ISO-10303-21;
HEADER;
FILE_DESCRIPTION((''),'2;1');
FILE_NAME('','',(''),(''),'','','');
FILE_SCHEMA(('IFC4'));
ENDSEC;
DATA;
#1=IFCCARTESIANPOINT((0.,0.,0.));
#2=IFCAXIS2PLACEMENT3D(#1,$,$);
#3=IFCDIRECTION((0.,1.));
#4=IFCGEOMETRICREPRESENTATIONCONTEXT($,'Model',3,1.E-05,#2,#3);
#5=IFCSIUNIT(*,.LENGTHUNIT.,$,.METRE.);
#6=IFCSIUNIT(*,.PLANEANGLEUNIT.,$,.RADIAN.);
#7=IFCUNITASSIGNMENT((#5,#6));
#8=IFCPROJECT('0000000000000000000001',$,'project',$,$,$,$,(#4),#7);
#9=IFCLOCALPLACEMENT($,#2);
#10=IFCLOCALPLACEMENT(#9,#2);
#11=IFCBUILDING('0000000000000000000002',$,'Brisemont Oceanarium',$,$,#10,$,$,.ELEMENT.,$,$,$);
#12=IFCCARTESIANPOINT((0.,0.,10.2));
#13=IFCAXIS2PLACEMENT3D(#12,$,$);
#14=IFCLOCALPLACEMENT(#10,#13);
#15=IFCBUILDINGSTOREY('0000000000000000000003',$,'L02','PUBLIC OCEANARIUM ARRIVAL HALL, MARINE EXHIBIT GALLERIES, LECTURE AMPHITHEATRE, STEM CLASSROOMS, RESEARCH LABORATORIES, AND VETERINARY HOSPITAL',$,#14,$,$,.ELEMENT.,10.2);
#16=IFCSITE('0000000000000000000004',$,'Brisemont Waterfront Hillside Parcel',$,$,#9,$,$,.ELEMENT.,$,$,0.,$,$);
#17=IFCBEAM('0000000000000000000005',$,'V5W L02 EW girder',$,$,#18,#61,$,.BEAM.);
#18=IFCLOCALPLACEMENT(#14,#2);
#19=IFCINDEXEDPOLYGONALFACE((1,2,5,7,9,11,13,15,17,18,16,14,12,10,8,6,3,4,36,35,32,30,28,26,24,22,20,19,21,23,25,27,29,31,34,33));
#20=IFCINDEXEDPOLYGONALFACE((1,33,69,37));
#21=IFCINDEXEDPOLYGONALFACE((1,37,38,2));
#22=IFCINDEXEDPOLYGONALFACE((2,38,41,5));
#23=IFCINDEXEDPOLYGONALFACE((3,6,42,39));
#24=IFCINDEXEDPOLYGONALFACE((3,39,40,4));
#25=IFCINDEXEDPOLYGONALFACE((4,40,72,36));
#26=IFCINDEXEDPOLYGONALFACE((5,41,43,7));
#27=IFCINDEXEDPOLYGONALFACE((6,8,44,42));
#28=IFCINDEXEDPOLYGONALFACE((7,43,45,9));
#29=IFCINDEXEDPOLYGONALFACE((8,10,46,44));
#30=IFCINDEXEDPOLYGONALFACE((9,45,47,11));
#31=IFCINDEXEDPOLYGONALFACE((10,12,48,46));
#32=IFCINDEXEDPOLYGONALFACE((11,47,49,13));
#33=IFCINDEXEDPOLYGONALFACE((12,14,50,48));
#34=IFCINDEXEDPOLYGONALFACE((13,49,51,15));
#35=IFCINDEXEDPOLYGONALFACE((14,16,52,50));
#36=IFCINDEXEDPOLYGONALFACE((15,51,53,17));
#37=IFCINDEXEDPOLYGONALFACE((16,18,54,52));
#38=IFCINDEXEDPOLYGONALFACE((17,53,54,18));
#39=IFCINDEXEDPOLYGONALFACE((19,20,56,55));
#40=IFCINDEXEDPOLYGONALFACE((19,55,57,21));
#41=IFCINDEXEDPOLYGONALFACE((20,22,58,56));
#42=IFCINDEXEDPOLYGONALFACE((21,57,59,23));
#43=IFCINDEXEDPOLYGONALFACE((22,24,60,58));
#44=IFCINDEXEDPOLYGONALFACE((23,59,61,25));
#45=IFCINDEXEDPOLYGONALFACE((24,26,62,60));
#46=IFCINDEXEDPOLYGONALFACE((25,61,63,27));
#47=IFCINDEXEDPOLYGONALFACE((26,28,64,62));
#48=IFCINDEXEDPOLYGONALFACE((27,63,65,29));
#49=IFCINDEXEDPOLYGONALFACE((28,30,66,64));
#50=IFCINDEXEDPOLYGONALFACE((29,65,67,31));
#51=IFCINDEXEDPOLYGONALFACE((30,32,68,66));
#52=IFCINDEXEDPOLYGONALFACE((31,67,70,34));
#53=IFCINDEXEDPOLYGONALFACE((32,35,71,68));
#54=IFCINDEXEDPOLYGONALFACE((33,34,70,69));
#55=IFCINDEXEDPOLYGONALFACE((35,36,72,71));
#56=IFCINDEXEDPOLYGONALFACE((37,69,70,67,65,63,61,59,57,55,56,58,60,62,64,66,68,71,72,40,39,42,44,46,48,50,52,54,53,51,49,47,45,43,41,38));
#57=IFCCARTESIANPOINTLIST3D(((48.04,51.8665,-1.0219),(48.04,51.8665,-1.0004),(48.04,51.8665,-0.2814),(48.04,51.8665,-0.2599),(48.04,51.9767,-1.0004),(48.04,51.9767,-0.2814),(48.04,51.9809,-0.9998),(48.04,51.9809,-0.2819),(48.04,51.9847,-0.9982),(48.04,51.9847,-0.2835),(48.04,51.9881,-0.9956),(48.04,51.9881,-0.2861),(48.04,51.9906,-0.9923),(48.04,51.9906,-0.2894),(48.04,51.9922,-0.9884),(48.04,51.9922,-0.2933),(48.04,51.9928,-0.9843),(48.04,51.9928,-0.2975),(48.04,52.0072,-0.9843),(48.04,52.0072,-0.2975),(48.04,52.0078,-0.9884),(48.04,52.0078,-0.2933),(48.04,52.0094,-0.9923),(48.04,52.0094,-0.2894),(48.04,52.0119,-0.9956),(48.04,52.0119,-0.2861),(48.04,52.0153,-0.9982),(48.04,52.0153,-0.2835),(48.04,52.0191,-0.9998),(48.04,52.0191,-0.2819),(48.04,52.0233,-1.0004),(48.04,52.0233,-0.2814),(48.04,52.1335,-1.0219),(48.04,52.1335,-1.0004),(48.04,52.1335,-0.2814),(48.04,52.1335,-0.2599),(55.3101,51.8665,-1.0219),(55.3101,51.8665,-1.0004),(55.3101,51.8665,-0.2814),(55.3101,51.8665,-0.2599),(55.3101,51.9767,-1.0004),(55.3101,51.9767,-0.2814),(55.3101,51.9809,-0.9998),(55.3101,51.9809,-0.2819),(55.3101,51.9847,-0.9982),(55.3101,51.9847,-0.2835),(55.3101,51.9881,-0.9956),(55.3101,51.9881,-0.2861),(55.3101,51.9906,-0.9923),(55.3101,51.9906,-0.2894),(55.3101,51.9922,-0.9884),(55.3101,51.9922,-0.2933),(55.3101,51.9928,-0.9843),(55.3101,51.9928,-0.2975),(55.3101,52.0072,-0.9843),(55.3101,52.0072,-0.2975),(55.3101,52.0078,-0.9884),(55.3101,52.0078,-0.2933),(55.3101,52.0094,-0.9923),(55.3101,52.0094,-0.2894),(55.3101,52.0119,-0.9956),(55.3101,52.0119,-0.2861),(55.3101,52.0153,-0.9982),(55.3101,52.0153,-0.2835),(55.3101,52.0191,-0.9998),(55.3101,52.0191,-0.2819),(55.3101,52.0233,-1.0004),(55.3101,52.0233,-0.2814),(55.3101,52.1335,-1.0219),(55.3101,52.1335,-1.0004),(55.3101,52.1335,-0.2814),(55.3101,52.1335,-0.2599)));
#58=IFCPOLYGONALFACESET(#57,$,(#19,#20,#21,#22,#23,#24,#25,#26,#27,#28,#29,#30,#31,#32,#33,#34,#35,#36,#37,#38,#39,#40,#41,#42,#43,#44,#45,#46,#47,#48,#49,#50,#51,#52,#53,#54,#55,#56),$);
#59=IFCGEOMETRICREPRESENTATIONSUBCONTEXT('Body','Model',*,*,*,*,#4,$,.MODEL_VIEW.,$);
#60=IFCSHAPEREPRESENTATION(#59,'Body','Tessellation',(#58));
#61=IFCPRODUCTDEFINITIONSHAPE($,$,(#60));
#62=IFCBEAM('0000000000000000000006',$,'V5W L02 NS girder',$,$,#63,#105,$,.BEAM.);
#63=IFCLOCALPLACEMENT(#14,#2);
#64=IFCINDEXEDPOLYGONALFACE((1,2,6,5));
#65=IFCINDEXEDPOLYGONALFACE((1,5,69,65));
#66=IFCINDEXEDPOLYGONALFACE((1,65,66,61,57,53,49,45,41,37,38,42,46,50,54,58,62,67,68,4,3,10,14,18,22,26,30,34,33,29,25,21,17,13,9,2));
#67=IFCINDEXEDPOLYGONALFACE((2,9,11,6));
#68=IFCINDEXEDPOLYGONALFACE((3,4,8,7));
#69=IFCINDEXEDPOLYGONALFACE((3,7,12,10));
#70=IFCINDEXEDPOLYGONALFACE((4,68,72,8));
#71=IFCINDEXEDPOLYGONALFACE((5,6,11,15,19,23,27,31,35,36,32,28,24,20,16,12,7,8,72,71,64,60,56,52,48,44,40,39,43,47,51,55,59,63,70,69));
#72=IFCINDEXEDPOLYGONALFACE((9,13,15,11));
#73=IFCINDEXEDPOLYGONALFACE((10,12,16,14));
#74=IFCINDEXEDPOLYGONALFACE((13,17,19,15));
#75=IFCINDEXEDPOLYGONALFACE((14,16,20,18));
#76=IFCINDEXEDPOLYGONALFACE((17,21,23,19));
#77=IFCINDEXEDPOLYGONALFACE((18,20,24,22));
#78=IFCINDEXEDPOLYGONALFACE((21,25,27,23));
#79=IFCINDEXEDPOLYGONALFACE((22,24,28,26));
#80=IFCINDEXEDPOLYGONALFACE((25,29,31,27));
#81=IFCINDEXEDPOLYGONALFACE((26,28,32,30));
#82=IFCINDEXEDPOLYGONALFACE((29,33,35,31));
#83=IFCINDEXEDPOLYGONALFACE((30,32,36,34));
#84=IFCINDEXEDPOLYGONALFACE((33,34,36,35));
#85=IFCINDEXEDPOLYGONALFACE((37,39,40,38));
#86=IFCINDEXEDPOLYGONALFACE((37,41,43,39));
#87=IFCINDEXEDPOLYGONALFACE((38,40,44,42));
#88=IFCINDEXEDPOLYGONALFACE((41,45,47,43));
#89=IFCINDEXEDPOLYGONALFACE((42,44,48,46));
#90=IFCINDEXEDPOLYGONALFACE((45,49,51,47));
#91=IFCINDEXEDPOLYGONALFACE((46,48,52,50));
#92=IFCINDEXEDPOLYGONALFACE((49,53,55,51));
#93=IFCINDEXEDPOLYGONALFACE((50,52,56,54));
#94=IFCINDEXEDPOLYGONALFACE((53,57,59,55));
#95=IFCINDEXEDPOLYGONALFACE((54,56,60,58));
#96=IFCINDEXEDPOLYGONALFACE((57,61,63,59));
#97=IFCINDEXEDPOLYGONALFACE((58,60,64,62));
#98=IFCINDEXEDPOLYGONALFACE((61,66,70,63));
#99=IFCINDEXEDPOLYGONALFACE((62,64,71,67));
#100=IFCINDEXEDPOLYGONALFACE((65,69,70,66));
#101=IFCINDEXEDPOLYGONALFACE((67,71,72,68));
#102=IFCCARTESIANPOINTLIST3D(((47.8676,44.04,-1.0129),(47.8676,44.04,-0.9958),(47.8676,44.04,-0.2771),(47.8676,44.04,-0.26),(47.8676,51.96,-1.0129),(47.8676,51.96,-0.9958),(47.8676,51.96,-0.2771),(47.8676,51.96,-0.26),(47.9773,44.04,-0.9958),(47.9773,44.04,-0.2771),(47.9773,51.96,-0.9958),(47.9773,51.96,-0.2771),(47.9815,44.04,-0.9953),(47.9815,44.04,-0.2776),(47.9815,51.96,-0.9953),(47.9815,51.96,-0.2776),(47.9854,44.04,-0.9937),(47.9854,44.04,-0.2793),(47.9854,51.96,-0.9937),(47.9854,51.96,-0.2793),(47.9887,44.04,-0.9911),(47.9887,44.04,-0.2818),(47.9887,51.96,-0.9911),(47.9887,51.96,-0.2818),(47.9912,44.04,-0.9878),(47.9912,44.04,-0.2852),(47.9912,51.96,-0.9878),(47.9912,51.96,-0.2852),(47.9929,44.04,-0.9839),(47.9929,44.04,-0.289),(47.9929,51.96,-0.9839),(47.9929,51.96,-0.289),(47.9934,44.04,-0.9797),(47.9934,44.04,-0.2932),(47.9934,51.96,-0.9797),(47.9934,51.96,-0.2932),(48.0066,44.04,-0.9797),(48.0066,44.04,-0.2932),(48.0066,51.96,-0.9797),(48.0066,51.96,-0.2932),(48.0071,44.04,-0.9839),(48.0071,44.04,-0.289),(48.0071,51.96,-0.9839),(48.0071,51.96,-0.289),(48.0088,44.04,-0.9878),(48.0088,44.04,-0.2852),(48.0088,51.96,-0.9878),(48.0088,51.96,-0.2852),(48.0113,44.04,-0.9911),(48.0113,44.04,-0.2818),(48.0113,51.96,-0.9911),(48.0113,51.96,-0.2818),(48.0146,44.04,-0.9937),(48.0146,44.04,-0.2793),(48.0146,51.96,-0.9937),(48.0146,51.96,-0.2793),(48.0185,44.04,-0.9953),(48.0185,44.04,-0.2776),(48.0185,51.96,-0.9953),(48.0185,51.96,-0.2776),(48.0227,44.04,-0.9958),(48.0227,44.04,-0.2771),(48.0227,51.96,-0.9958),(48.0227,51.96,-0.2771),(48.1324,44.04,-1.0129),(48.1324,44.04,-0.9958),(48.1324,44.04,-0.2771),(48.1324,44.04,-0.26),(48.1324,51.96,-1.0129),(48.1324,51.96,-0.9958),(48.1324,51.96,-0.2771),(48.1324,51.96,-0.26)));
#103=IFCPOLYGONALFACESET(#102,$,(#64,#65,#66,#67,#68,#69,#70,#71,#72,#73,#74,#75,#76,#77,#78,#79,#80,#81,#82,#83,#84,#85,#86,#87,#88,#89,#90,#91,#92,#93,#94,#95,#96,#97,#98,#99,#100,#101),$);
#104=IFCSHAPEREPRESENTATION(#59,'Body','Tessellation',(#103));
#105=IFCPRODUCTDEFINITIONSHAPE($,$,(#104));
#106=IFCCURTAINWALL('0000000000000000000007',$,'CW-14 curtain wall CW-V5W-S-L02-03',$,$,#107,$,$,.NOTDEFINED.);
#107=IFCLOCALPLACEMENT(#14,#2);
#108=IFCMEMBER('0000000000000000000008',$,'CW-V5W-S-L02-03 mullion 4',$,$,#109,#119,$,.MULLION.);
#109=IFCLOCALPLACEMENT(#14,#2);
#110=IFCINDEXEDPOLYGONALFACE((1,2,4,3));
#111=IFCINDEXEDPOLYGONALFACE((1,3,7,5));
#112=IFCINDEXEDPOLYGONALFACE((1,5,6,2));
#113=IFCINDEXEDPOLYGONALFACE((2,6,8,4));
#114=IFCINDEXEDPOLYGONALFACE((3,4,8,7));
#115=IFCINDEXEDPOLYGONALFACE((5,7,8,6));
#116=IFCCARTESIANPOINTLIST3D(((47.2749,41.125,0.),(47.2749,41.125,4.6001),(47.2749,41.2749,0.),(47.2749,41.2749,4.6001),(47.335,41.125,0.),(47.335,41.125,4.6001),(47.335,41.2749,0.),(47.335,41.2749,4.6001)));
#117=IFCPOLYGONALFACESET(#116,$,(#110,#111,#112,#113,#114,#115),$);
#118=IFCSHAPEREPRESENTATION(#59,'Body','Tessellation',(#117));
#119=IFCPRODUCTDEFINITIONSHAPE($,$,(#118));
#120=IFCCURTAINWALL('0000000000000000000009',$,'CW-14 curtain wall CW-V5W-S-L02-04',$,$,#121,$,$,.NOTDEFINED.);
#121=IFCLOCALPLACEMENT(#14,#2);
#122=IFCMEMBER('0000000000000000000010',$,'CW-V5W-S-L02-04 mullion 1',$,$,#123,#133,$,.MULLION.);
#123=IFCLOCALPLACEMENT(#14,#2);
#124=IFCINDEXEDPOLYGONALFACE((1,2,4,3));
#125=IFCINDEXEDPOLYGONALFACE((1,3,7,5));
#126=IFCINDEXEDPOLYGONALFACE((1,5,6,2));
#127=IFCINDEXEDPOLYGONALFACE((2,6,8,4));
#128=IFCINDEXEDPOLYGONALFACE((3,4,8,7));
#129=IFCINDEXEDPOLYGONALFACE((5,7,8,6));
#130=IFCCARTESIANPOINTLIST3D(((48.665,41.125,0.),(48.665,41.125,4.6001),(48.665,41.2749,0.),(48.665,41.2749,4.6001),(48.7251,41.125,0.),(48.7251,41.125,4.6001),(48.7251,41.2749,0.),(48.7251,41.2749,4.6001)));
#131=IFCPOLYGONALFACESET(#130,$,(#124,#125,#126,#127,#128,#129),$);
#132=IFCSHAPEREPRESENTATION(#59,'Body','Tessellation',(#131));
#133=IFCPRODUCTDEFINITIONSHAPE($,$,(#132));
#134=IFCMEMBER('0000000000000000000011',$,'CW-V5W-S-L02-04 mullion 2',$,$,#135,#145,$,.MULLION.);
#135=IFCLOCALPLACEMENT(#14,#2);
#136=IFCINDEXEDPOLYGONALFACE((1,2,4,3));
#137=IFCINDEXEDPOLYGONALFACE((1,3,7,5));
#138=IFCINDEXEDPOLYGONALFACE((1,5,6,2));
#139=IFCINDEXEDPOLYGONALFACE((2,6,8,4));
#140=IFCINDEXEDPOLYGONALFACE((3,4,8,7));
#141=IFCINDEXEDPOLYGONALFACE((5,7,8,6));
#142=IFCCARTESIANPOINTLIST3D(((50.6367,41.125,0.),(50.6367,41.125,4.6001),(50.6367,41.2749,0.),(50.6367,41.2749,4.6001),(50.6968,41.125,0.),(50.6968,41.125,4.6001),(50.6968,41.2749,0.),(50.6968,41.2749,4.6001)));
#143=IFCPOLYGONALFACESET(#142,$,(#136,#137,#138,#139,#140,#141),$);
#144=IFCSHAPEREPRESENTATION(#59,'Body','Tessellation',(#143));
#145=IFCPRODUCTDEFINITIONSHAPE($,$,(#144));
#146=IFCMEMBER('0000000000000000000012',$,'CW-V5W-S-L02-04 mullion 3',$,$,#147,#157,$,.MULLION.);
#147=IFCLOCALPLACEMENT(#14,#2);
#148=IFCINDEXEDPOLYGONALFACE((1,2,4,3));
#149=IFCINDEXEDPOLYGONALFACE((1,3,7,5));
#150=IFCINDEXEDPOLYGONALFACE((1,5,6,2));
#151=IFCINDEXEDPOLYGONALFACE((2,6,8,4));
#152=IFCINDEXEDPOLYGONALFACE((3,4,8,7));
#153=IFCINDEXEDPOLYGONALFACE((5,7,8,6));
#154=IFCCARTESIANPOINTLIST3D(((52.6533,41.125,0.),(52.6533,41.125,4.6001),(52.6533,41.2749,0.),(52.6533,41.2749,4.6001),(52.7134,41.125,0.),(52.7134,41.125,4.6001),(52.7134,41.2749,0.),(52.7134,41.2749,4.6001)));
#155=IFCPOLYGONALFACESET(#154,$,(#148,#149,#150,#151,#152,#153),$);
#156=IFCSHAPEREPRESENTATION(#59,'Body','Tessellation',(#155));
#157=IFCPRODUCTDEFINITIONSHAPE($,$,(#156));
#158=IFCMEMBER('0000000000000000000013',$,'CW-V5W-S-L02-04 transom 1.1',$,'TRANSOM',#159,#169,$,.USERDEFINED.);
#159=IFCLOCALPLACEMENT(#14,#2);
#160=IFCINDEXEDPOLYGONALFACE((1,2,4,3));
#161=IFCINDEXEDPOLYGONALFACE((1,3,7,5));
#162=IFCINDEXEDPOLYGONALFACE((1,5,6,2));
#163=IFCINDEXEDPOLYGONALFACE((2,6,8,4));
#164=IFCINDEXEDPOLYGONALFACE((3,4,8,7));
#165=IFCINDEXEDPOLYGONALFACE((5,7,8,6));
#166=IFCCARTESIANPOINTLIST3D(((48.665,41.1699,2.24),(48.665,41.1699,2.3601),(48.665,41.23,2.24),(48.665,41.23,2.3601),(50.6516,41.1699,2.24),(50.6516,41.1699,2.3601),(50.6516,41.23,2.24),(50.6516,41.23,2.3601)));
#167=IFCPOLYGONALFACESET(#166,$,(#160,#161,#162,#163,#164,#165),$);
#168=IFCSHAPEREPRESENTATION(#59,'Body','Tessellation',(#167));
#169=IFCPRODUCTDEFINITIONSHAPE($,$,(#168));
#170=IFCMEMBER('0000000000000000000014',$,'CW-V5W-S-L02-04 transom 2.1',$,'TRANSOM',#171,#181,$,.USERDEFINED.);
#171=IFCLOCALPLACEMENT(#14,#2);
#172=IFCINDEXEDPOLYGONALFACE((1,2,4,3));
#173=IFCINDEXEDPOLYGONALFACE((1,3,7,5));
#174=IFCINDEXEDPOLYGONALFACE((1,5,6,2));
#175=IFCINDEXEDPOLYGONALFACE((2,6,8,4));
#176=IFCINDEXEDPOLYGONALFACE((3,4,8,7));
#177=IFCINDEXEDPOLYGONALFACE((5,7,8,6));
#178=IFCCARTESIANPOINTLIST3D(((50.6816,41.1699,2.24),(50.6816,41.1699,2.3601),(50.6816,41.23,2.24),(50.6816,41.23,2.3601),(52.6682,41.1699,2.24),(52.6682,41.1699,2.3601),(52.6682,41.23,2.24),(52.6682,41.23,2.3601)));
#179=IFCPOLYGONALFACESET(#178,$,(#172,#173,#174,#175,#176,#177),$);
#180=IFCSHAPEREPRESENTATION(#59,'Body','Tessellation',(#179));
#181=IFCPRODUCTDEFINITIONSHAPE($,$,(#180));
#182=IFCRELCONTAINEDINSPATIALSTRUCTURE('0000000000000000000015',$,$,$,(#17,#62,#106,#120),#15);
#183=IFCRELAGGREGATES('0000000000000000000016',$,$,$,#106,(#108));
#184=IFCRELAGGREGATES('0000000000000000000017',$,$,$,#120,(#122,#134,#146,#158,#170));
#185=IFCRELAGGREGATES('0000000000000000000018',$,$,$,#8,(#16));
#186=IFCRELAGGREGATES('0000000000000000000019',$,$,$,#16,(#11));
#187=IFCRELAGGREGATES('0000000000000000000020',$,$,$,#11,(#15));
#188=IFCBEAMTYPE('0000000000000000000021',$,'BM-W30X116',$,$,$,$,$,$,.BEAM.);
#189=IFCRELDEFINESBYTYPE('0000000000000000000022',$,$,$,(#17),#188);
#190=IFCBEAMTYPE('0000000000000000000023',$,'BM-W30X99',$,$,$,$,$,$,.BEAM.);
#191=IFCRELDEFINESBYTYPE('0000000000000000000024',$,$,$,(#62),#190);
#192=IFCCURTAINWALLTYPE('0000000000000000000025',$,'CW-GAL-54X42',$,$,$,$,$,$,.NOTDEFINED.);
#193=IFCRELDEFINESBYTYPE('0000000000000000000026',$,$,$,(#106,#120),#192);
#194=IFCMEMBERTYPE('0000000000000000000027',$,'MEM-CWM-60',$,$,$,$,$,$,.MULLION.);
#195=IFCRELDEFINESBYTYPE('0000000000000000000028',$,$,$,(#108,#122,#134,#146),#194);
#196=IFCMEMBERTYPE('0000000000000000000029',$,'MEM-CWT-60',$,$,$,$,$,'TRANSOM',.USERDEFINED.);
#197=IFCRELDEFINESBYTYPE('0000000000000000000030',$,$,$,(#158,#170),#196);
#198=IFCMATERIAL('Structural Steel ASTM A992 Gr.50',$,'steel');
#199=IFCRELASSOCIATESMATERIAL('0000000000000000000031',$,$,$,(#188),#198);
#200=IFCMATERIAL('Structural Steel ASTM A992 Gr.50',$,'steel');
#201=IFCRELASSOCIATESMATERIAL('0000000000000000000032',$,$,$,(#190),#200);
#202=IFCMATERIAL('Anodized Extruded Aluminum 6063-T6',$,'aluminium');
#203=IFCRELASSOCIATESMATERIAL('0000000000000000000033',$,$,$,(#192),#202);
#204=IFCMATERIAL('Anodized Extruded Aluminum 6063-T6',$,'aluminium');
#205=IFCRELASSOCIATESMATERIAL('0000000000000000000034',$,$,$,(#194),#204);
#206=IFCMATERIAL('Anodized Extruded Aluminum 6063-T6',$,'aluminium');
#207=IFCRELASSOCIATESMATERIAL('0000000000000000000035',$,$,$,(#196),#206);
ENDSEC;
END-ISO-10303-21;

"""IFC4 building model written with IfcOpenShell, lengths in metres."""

from ifc_helpers import new_model, si_unit, direction, frame, origin, origin_2d, place, context, subcontext, project, spatial, rectangle, i_section, extrude, material, material_profile, profile_set, type_object, element, aggregate, save


model = new_model("IFC4")

# Units and contexts
model_context = context("Model", 3, precision=1e-05, world=origin(), true_north=direction((0.0, 1.0)))
body_context = subcontext(model_context, "Body", "Model", "MODEL_VIEW")
ifc_project = project(units=[si_unit("LENGTHUNIT", "METRE"), si_unit("PLANEANGLEUNIT", "RADIAN")], contexts=[model_context])

# Site, building, storey
site_placement = place(None, origin())
site = spatial("IfcSite", under=ifc_project, at=site_placement, Name="Brisemont Waterfront Hillside Parcel", CompositionType="ELEMENT", RefElevation=0.0)
building_placement = place(site_placement, origin())
building = spatial("IfcBuilding", under=site, at=building_placement, Name="Brisemont Oceanarium", CompositionType="ELEMENT")
storey_placement = place(building_placement, frame((0.0, 0.0, 10.2)))
storey = spatial("IfcBuildingStorey", under=building, at=storey_placement, Name="L02", Description="PUBLIC OCEANARIUM ARRIVAL HALL, MARINE EXHIBIT GALLERIES, LECTURE AMPHITHEATRE, STEM CLASSROOMS, RESEARCH LABORATORIES, AND VETERINARY HOSPITAL", CompositionType="ELEMENT", Elevation=10.2)

# Beams
ifc_material_1 = material(Name="Structural Steel ASTM A992 Gr.50", Category="steel")
ifc_material_profile_1 = material_profile(ifc_material_1, i_section(OverallWidth=0.2671, OverallDepth=0.762, WebThickness=0.0144, FlangeThickness=0.0215, FilletRadius=0.0161, at=origin_2d()), Name="W30X116")
ifc_profile_set_1 = profile_set([ifc_material_profile_1], Name="Structural Steel ASTM A992 Gr.50")
beam_type_1 = type_object("IfcBeamType", Name="BM-W30X116", PredefinedType="BEAM", material=ifc_profile_set_1)
beam_1_placement = place(storey_placement, frame((48.04, 52.0, -0.6409), z_axis=(1.0, 0.0, 0.0), x_axis=(0.0, 1.0, 0.0)))
element("IfcBeam", 1, at=beam_1_placement, inside=storey, type_object=beam_type_1, Name="V5W L02 EW girder", PredefinedType="BEAM", context=body_context, shape_type="SweptSolid", body=[
    extrude(i_section(OverallWidth=0.2671, OverallDepth=0.762, WebThickness=0.0144, FlangeThickness=0.0215, FilletRadius=0.0161, at=origin_2d()), origin(), (0.0, 0.0, 1.0), 7.27),
])
ifc_material_2 = material(Name="Structural Steel ASTM A992 Gr.50", Category="steel")
ifc_material_profile_2 = material_profile(ifc_material_2, i_section(OverallWidth=0.2649, OverallDepth=0.7529, WebThickness=0.0132, FlangeThickness=0.0171, FilletRadius=0.0161, at=origin_2d()), Name="W30X99")
ifc_profile_set_2 = profile_set([ifc_material_profile_2], Name="Structural Steel ASTM A992 Gr.50")
beam_type_2 = type_object("IfcBeamType", Name="BM-W30X99", PredefinedType="BEAM", material=ifc_profile_set_2)
beam_2_placement = place(storey_placement, frame((48.0, 44.04, -0.6365), z_axis=(0.0, 1.0, 0.0), x_axis=(-1.0, 0.0, 0.0)))
element("IfcBeam", 2, at=beam_2_placement, inside=storey, type_object=beam_type_2, Name="V5W L02 NS girder", PredefinedType="BEAM", context=body_context, shape_type="SweptSolid", body=[
    extrude(i_section(OverallWidth=0.2649, OverallDepth=0.7529, WebThickness=0.0132, FlangeThickness=0.0171, FilletRadius=0.0161, at=origin_2d()), origin(), (0.0, 0.0, 1.0), 7.9199),
])

# Curtain wall, member
ifc_material_3 = material(Name="Anodized Extruded Aluminum 6063-T6", Category="aluminium")
curtain_wall_type = type_object("IfcCurtainWallType", Name="CW-GAL-54X42", PredefinedType="NOTDEFINED", material=ifc_material_3)
curtain_wall_1_placement = place(storey_placement, origin())
curtain_wall_1 = element("IfcCurtainWall", 3, at=curtain_wall_1_placement, inside=storey, type_object=curtain_wall_type, Name="CW-14 curtain wall CW-V5W-S-L02-03", PredefinedType="NOTDEFINED")
ifc_material_4 = material(Name="Anodized Extruded Aluminum 6063-T6", Category="aluminium")
ifc_material_profile_3 = material_profile(ifc_material_4, rectangle(XDim=0.0601, YDim=0.1499, at=origin_2d()), Name="CWM-60X150")
ifc_profile_set_3 = profile_set([ifc_material_profile_3], Name="Anodized Extruded Aluminum 6063-T6")
member_type_1 = type_object("IfcMemberType", Name="MEM-CWM-60", PredefinedType="MULLION", material=ifc_profile_set_3)
member_1_placement = place(storey_placement, frame((47.3049, 41.2, 0.0), z_axis=(0.0, 0.0, 1.0), x_axis=(1.0, 0.0, 0.0)))
member_1 = element("IfcMember", 4, at=member_1_placement, type_object=member_type_1, Name="CW-V5W-S-L02-03 mullion 4", PredefinedType="MULLION", context=body_context, shape_type="SweptSolid", body=[
    extrude(rectangle(XDim=0.0601, YDim=0.1499, at=origin_2d()), origin(), (0.0, 0.0, 1.0), 4.6001),
])

# Curtain wall, members
curtain_wall_2_placement = place(storey_placement, origin())
curtain_wall_2 = element("IfcCurtainWall", 5, at=curtain_wall_2_placement, inside=storey, type_object=curtain_wall_type, Name="CW-14 curtain wall CW-V5W-S-L02-04", PredefinedType="NOTDEFINED")
member_2_placement = place(storey_placement, frame((48.6951, 41.2, 0.0), z_axis=(0.0, 0.0, 1.0), x_axis=(1.0, 0.0, 0.0)))
member_2 = element("IfcMember", 6, at=member_2_placement, type_object=member_type_1, Name="CW-V5W-S-L02-04 mullion 1", PredefinedType="MULLION", context=body_context, shape_type="SweptSolid", body=[
    extrude(rectangle(XDim=0.0601, YDim=0.1499, at=origin_2d()), origin(), (0.0, 0.0, 1.0), 4.6001),
])
member_3_placement = place(storey_placement, frame((50.6667, 41.2, 0.0), z_axis=(0.0, 0.0, 1.0), x_axis=(1.0, 0.0, 0.0)))
member_3 = element("IfcMember", 7, at=member_3_placement, type_object=member_type_1, Name="CW-V5W-S-L02-04 mullion 2", PredefinedType="MULLION", context=body_context, shape_type="SweptSolid", body=[
    extrude(rectangle(XDim=0.0601, YDim=0.1499, at=origin_2d()), origin(), (0.0, 0.0, 1.0), 4.6001),
])
member_4_placement = place(storey_placement, frame((52.6833, 41.2, 0.0), z_axis=(0.0, 0.0, 1.0), x_axis=(1.0, 0.0, 0.0)))
member_4 = element("IfcMember", 8, at=member_4_placement, type_object=member_type_1, Name="CW-V5W-S-L02-04 mullion 3", PredefinedType="MULLION", context=body_context, shape_type="SweptSolid", body=[
    extrude(rectangle(XDim=0.0601, YDim=0.1499, at=origin_2d()), origin(), (0.0, 0.0, 1.0), 4.6001),
])
ifc_material_5 = material(Name="Anodized Extruded Aluminum 6063-T6", Category="aluminium")
ifc_material_profile_4 = material_profile(ifc_material_5, rectangle(XDim=0.0601, YDim=0.1201, at=origin_2d()), Name="CWT-60X120")
ifc_profile_set_4 = profile_set([ifc_material_profile_4], Name="Anodized Extruded Aluminum 6063-T6")
member_type_2 = type_object("IfcMemberType", Name="MEM-CWT-60", ElementType="TRANSOM", PredefinedType="USERDEFINED", material=ifc_profile_set_4)
member_5_placement = place(storey_placement, frame((48.665, 41.2, 2.3), z_axis=(1.0, 0.0, 0.0), x_axis=(0.0, 1.0, 0.0)))
member_5 = element("IfcMember", 9, at=member_5_placement, type_object=member_type_2, Name="CW-V5W-S-L02-04 transom 1.1", ObjectType="TRANSOM", PredefinedType="USERDEFINED", context=body_context, shape_type="SweptSolid", body=[
    extrude(rectangle(XDim=0.0601, YDim=0.1201, at=origin_2d()), origin(), (0.0, 0.0, 1.0), 1.9866),
])
member_6_placement = place(storey_placement, frame((50.6816, 41.2, 2.3), z_axis=(1.0, 0.0, 0.0), x_axis=(0.0, 1.0, 0.0)))
member_6 = element("IfcMember", 10, at=member_6_placement, type_object=member_type_2, Name="CW-V5W-S-L02-04 transom 2.1", ObjectType="TRANSOM", PredefinedType="USERDEFINED", context=body_context, shape_type="SweptSolid", body=[
    extrude(rectangle(XDim=0.0601, YDim=0.1201, at=origin_2d()), origin(), (0.0, 0.0, 1.0), 1.9866),
])

aggregate(curtain_wall_1, [member_1])
aggregate(curtain_wall_2, [member_2, member_3, member_4, member_5, member_6])

save(model, "model.ifc")
